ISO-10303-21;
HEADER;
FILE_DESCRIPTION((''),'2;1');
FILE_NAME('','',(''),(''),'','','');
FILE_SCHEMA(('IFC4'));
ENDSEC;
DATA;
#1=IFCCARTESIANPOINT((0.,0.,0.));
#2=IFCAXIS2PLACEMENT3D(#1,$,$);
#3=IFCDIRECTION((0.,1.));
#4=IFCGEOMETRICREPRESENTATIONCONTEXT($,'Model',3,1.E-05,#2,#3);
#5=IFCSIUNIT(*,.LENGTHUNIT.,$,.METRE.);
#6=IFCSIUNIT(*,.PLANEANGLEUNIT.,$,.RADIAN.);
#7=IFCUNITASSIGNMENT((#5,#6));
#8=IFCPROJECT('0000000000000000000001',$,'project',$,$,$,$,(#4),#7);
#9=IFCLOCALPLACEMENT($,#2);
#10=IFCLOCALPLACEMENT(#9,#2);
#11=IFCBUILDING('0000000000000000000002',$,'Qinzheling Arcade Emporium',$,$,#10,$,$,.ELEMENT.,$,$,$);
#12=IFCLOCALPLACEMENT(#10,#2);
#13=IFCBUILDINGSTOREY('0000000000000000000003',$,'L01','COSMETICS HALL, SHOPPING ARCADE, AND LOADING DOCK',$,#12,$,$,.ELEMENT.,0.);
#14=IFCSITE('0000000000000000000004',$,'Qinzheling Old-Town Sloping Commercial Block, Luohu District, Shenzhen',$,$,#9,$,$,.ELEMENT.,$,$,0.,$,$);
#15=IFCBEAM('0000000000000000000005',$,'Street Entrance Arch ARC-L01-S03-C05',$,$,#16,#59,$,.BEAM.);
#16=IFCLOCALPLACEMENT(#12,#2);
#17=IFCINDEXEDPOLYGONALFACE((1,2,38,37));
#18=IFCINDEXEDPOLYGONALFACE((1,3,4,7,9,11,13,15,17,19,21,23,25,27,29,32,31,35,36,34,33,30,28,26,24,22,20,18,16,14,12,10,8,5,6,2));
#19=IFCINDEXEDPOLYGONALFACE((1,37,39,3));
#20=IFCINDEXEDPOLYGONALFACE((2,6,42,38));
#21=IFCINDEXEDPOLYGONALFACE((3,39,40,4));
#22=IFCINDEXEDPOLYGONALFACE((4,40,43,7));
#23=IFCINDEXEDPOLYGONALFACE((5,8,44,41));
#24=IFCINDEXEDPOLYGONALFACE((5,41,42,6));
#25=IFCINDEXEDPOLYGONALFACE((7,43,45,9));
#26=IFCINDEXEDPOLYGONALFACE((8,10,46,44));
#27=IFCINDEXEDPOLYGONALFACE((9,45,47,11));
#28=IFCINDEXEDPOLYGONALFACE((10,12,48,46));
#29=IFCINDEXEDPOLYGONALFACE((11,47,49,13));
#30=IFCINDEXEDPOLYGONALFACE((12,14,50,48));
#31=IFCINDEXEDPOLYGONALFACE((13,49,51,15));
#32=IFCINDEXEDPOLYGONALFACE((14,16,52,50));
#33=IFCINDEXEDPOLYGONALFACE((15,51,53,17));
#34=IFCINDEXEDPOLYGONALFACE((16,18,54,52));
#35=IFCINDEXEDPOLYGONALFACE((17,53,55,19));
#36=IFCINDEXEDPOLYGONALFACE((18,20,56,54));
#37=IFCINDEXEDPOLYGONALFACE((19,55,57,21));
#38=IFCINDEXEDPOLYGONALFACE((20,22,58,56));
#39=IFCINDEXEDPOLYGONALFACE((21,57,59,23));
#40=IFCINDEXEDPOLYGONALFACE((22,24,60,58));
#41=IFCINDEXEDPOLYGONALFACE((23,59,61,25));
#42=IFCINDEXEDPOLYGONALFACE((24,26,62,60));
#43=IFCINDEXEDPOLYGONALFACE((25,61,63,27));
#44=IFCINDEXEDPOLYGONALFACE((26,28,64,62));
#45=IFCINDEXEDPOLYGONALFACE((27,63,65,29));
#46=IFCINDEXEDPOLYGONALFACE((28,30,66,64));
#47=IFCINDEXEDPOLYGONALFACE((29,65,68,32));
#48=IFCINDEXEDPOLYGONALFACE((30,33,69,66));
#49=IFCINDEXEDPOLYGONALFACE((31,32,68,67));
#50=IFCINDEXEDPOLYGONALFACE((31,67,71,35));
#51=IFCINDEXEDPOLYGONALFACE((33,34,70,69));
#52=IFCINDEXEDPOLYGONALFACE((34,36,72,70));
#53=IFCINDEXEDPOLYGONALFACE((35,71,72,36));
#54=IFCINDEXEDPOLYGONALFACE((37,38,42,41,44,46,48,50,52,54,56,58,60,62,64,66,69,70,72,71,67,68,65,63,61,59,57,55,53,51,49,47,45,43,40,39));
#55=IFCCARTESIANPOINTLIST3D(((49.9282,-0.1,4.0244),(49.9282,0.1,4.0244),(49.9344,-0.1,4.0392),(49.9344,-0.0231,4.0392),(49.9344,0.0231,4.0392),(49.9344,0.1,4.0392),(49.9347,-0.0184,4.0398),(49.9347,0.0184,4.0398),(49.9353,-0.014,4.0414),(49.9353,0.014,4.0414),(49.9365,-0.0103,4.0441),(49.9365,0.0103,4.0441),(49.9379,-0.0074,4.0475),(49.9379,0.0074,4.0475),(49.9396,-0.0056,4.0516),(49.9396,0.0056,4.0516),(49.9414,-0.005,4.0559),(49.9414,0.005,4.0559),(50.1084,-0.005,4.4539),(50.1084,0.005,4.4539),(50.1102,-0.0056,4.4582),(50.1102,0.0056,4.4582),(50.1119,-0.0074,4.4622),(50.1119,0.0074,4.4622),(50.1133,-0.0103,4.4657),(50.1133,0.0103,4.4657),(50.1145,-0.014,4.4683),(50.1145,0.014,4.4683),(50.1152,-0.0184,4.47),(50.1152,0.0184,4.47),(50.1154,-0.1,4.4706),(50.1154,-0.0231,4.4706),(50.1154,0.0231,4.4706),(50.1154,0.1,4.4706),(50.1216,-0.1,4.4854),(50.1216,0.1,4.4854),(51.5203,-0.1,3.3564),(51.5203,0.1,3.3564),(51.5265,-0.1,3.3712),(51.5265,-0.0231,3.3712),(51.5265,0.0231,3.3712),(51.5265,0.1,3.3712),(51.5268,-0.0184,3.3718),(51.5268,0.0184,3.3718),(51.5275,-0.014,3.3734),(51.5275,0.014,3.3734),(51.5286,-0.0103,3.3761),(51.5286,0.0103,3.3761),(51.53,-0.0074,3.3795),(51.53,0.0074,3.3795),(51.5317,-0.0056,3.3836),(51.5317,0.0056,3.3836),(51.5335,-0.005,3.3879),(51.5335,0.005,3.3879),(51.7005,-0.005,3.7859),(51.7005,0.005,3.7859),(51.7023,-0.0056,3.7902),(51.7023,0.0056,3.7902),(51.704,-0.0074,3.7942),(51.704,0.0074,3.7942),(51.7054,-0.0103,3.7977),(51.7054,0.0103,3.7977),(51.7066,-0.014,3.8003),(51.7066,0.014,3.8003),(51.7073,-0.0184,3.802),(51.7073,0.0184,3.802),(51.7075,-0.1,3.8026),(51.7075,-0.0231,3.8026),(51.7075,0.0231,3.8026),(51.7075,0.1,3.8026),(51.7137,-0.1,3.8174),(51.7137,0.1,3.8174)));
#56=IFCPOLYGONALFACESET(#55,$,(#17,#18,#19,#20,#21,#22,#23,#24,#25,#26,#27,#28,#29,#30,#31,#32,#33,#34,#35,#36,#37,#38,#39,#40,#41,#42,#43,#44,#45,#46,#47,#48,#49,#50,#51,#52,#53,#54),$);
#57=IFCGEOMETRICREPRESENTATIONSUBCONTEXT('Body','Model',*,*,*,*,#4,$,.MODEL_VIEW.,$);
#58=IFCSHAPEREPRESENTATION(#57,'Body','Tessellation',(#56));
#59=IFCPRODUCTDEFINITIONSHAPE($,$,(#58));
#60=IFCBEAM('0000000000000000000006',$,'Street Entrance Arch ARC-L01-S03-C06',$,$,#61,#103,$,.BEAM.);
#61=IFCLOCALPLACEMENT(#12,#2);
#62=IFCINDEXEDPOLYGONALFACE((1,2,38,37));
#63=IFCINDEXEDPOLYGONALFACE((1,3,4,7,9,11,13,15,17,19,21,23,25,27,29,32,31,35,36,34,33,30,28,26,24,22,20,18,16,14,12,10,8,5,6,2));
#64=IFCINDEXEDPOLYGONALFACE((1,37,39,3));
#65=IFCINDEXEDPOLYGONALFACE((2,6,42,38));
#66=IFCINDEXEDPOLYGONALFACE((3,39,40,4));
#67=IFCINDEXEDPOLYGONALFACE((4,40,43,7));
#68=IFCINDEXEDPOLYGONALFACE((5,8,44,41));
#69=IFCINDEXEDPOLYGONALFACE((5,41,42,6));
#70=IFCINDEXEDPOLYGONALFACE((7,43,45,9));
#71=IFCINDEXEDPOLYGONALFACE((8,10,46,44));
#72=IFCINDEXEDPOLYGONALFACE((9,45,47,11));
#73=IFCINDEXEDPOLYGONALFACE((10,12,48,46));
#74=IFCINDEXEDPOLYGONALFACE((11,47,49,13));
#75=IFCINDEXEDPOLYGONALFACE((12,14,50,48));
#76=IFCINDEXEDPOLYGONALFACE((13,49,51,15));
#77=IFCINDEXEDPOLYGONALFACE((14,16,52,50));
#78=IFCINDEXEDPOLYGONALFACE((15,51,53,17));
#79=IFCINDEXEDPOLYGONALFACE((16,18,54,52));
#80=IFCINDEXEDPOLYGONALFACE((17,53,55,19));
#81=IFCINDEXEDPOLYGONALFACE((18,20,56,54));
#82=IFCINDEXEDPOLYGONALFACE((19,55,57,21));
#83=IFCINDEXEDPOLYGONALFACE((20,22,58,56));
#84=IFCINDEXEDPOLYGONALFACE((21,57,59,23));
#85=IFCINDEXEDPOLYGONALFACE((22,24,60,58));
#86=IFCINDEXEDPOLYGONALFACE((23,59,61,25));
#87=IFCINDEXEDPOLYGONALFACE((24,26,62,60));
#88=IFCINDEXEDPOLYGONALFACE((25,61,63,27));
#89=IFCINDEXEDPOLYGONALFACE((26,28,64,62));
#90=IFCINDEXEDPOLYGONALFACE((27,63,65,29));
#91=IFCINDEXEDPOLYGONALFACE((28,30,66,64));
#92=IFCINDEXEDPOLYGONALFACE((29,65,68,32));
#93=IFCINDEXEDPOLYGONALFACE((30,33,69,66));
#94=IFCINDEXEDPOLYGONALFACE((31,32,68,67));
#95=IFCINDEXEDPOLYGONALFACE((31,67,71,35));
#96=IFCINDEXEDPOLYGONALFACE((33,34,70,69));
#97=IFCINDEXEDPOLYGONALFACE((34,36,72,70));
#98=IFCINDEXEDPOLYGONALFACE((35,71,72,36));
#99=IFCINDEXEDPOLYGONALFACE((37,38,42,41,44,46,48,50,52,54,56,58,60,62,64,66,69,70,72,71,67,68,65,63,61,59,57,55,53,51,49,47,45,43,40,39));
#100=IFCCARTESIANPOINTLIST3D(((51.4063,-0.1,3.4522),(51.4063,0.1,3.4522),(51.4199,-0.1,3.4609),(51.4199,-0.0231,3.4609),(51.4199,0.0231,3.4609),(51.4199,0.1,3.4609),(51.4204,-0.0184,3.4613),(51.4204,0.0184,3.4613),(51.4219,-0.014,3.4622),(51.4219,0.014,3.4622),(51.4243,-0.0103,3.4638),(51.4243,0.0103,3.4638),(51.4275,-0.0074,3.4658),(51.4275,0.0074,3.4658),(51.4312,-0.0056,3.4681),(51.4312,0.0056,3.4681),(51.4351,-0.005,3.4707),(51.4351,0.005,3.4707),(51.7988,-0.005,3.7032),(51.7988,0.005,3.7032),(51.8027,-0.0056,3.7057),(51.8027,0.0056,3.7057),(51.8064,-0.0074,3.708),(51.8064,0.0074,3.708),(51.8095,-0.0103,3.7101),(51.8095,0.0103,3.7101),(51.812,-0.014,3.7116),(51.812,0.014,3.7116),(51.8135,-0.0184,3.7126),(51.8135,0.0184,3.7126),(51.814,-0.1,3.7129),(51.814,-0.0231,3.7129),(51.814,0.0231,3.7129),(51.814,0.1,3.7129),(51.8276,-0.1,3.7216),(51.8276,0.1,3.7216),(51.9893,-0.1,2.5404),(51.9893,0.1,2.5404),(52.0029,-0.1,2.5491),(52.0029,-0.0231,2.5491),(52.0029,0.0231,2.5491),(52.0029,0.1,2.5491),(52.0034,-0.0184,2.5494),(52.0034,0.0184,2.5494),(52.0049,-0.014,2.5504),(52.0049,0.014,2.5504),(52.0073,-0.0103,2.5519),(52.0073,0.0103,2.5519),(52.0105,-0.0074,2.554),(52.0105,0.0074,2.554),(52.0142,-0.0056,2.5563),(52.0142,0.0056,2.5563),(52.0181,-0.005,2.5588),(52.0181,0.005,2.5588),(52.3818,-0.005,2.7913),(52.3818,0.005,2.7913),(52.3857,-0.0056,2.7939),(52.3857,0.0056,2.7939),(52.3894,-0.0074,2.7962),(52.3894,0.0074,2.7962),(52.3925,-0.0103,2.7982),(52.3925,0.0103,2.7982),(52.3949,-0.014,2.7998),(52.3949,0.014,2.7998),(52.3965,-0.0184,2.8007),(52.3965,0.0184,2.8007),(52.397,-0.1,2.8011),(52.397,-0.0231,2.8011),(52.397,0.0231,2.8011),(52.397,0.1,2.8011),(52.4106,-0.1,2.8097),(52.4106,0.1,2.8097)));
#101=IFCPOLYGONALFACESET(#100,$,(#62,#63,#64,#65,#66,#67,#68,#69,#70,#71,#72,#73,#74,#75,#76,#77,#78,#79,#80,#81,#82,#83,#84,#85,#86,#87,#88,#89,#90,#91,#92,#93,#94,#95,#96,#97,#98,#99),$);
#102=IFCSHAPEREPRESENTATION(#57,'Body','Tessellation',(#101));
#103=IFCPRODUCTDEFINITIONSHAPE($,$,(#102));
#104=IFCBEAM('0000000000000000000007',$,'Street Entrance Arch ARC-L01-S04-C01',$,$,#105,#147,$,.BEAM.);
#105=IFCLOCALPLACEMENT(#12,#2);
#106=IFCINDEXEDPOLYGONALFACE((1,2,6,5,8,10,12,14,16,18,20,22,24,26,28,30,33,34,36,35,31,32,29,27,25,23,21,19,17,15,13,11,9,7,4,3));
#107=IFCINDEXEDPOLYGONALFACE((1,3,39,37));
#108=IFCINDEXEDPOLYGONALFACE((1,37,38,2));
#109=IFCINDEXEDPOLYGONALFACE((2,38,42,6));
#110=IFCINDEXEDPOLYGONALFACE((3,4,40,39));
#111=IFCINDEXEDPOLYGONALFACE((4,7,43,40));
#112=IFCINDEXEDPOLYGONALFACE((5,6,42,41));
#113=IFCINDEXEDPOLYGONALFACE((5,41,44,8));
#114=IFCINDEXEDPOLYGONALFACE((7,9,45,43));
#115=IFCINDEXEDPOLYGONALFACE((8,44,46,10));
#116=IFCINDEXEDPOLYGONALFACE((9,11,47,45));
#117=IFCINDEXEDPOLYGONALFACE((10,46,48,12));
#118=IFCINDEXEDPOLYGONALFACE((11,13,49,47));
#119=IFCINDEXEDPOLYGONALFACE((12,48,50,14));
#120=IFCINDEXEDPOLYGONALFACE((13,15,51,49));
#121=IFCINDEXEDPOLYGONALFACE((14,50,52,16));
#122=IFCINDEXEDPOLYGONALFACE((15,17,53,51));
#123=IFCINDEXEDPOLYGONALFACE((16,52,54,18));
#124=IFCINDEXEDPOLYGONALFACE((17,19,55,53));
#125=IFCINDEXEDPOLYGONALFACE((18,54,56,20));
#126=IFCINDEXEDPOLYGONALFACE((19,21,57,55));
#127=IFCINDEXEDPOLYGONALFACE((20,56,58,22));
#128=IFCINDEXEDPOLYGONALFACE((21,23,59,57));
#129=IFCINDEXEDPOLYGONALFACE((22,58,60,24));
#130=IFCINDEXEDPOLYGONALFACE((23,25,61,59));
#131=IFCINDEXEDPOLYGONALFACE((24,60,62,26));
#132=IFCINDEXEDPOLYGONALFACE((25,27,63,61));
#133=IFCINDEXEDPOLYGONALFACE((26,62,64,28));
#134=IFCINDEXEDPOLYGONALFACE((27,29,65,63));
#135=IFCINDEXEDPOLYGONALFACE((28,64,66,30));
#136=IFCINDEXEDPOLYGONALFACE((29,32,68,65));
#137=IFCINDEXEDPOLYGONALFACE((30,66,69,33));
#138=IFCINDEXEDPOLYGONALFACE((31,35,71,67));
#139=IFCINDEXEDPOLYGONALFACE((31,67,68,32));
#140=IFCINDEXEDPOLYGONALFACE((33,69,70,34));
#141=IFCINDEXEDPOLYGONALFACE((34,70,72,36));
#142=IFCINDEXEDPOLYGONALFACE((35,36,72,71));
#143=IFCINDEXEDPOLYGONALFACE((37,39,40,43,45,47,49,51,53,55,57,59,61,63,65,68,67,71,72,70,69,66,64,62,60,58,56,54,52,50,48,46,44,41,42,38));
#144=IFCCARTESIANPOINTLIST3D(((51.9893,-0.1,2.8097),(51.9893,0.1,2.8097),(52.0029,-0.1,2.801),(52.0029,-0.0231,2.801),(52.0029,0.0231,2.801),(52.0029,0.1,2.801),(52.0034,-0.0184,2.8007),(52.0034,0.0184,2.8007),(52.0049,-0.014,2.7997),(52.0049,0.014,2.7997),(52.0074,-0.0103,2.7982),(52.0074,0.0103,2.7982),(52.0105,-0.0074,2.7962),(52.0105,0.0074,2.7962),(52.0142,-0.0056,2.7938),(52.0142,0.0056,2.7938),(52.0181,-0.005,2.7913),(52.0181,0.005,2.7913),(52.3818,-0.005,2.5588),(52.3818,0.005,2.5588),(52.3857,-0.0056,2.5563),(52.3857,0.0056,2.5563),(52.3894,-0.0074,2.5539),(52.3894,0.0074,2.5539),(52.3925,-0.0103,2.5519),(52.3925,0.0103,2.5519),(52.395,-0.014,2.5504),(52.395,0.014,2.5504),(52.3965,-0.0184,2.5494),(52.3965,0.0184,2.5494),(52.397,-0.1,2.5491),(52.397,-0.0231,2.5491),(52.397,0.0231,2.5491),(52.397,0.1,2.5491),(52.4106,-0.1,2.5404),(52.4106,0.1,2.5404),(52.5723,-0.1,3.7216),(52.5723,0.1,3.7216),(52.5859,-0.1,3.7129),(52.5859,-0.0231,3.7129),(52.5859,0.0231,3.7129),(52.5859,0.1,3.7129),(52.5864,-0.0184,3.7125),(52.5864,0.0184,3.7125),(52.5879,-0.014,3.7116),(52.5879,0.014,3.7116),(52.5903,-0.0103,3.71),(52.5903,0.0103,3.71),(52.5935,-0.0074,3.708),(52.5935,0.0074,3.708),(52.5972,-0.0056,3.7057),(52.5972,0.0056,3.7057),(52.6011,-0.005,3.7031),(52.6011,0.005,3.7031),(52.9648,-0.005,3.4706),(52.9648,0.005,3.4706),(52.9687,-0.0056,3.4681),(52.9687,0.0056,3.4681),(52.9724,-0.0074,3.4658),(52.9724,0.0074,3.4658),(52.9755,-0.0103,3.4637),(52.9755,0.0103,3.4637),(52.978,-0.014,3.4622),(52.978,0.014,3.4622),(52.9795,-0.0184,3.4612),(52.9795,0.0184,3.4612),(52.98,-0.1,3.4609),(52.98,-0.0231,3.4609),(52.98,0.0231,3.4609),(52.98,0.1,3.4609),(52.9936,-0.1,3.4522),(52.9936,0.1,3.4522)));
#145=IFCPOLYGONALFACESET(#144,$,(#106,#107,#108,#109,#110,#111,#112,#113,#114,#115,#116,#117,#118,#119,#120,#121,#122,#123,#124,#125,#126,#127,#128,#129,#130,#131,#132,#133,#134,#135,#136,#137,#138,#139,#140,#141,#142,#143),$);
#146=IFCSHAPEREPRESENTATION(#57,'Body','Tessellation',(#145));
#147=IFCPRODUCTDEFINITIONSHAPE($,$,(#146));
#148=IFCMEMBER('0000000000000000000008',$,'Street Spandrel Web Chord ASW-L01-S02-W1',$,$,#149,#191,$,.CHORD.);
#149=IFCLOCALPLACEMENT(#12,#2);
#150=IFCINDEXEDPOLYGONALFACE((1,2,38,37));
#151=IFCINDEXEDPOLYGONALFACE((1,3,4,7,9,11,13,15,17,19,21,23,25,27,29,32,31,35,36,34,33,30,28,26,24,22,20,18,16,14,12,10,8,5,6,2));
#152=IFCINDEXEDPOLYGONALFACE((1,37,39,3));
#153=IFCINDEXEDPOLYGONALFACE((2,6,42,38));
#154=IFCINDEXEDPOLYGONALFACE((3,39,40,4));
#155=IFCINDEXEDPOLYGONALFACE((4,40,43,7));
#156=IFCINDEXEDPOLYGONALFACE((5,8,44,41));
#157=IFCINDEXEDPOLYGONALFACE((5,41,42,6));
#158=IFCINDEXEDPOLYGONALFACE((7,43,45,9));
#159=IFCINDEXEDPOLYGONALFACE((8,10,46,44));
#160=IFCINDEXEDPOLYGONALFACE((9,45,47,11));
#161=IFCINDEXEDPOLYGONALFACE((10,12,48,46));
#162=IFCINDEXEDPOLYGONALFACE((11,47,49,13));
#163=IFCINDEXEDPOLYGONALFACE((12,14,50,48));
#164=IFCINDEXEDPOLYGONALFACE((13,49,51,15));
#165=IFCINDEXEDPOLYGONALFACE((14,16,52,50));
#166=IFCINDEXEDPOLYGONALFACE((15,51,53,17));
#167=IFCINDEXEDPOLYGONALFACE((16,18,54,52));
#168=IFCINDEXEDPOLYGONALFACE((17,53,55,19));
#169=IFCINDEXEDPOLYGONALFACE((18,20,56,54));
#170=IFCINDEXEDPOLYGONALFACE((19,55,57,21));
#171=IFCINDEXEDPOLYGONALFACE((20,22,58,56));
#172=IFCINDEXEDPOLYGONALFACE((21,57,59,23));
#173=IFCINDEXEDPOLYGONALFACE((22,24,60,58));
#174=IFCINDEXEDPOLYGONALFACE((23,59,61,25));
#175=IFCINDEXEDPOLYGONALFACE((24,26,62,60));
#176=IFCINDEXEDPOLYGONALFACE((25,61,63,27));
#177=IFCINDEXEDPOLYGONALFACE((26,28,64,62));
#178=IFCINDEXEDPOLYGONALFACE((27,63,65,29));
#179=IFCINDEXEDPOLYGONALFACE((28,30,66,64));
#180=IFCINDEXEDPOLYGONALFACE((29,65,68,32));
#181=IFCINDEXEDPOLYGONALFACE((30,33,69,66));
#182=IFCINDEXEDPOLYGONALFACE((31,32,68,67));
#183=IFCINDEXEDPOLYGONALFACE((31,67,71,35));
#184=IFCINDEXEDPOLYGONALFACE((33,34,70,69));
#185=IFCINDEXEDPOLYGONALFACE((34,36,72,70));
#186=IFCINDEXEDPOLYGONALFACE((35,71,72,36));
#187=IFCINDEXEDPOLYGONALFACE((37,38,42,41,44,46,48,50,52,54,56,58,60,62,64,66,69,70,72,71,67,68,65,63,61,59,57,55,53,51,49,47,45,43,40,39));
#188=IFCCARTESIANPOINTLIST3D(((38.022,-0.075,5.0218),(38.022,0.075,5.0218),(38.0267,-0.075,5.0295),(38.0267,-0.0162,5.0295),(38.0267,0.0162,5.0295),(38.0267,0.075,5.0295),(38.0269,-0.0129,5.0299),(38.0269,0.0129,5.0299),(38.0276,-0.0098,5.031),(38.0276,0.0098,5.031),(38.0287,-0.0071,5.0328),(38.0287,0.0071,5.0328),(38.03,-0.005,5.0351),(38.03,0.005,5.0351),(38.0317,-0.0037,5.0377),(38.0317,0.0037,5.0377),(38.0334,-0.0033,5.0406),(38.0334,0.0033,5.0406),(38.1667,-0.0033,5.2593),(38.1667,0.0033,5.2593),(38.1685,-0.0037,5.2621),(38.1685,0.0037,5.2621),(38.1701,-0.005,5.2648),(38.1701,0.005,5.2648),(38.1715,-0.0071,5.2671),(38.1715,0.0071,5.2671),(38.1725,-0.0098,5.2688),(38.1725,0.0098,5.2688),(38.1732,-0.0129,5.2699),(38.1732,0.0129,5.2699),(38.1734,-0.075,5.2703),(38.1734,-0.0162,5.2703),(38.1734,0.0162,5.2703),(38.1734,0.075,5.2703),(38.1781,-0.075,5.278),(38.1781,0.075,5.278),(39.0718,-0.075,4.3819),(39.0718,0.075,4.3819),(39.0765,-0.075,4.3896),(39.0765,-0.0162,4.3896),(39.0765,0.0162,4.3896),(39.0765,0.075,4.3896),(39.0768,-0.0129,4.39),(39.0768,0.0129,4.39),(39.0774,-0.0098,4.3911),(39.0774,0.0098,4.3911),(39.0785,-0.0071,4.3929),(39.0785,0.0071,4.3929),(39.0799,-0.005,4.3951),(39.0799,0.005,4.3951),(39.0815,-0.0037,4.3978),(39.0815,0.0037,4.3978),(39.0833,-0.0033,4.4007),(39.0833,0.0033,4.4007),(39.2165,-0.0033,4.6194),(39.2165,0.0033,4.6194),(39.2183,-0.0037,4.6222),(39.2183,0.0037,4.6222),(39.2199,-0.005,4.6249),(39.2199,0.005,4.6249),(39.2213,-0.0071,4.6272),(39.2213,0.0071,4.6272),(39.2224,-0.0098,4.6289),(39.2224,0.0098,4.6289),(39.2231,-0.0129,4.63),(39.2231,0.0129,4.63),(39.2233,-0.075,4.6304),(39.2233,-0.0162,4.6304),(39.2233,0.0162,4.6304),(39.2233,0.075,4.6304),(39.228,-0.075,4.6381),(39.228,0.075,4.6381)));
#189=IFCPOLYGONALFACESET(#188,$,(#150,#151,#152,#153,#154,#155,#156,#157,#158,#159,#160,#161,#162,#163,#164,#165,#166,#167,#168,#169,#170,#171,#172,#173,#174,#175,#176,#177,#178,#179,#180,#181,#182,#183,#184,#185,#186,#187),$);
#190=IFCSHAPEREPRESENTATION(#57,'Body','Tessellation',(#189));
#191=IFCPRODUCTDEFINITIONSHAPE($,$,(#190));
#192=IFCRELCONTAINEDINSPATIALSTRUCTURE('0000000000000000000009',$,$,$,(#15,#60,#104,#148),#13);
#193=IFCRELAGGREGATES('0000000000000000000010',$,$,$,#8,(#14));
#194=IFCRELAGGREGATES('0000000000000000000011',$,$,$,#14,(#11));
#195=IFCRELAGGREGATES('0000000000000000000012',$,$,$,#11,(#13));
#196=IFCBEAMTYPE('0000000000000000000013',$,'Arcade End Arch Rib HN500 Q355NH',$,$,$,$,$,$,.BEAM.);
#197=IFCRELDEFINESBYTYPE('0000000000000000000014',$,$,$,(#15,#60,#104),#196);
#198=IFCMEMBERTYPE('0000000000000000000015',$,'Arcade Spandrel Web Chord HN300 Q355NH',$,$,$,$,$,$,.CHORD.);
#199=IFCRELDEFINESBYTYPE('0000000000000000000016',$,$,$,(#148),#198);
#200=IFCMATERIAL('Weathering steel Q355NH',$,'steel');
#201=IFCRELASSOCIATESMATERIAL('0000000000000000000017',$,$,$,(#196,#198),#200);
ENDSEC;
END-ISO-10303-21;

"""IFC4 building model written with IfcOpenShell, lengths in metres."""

from ifc_helpers import new_model, si_unit, direction, frame, origin, origin_2d, place, context, subcontext, project, spatial, i_section, extrude, material, material_profile, profile_set, type_object, element, save


model = new_model("IFC4")

# Units and contexts
model_context = context("Model", 3, precision=1e-05, world=origin(), true_north=direction((0.0, 1.0)))
body_context = subcontext(model_context, "Body", "Model", "MODEL_VIEW")
ifc_project = project(units=[si_unit("LENGTHUNIT", "METRE"), si_unit("PLANEANGLEUNIT", "RADIAN")], contexts=[model_context])

# Site, building, storey
site_placement = place(None, origin())
site = spatial("IfcSite", under=ifc_project, at=site_placement, Name="Qinzheling Old-Town Sloping Commercial Block, Luohu District, Shenzhen", CompositionType="ELEMENT", RefElevation=0.0)
building_placement = place(site_placement, origin())
building = spatial("IfcBuilding", under=site, at=building_placement, Name="Qinzheling Arcade Emporium", CompositionType="ELEMENT")
storey_placement = place(building_placement, origin())
storey = spatial("IfcBuildingStorey", under=building, at=storey_placement, Name="L01", Description="COSMETICS HALL, SHOPPING ARCADE, AND LOADING DOCK", CompositionType="ELEMENT", Elevation=0.0)

# Beams
ifc_material_1 = material(Name="Weathering steel Q355NH", Category="steel")
ifc_material_profile_1 = material_profile(ifc_material_1, i_section(OverallWidth=0.2, OverallDepth=0.5, WebThickness=0.01, FlangeThickness=0.0161, FilletRadius=0.0181, at=origin_2d()), Name="HN 500x200x10x16", Category="steel")
ifc_profile_set_1 = profile_set([ifc_material_profile_1], Name="Weathering steel Q355NH")
beam_type_1 = type_object("IfcBeamType", Name="Arcade End Arch Rib HN500 Q355NH", PredefinedType="BEAM", material=ifc_profile_set_1)
beam_1_placement = place(storey_placement, frame((50.0249, 0.0, 4.2549), z_axis=(0.922124, 0.0, -0.386893), x_axis=(0.0, 1.0, 0.0)))
element("IfcBeam", 1, at=beam_1_placement, inside=storey, type_object=beam_type_1, Name="Street Entrance Arch ARC-L01-S03-C05", PredefinedType="BEAM", context=body_context, shape_type="SweptSolid", body=[
    extrude(i_section(OverallWidth=0.2, OverallDepth=0.5, WebThickness=0.01, FlangeThickness=0.0161, FilletRadius=0.0181, at=origin_2d()), origin(), (0.0, 0.0, 1.0), 1.7266),
])
for number, where, z_axis, x_axis, name in (
    (2, (51.6169, 0.0, 3.5869), (0.53867, 0.0, -0.842517), (0.0, 1.0, 0.0), "Street Entrance Arch ARC-L01-S03-C06"),
    (3, (52.2, 0.0, 2.675), (0.53867, 0.0, 0.842517), (0.0, 1.0, 0.0), "Street Entrance Arch ARC-L01-S04-C01"),
):
    element("IfcBeam", number, at=place(storey_placement, frame(where, z_axis=z_axis, x_axis=x_axis)), inside=storey, type_object=beam_type_1, Name=name, PredefinedType="BEAM", context=body_context, shape_type="SweptSolid", body=[
        extrude(i_section(OverallWidth=0.2, OverallDepth=0.5, WebThickness=0.01, FlangeThickness=0.0161, FilletRadius=0.0181, at=origin_2d()), origin(), (0.0, 0.0, 1.0), 1.0823),
    ])

# Member
ifc_material_profile_2 = material_profile(ifc_material_1, i_section(OverallWidth=0.1499, OverallDepth=0.3, WebThickness=0.0066, FlangeThickness=0.009, FilletRadius=0.0129, at=origin_2d()), Name="HN 300x150x6.5x9", Category="steel")
ifc_profile_set_2 = profile_set([ifc_material_profile_2], Name="Weathering steel Q355NH")
member_type = type_object("IfcMemberType", Name="Arcade Spandrel Web Chord HN300 Q355NH", PredefinedType="CHORD", material=ifc_profile_set_2)
member_1_placement = place(storey_placement, frame((39.1499, 0.0, 4.51), z_axis=(-0.85388, 0.0, 0.52047), x_axis=(0.0, -1.0, 0.0)))
element("IfcMember", 4, at=member_1_placement, inside=storey, type_object=member_type, Name="Street Spandrel Web Chord ASW-L01-S02-W1", PredefinedType="CHORD", context=body_context, shape_type="SweptSolid", body=[
    extrude(i_section(OverallWidth=0.1499, OverallDepth=0.3, WebThickness=0.0066, FlangeThickness=0.009, FilletRadius=0.0129, at=origin_2d()), origin(), (0.0, 0.0, 1.0), 1.2295),
])

save(model, "model.ifc")
